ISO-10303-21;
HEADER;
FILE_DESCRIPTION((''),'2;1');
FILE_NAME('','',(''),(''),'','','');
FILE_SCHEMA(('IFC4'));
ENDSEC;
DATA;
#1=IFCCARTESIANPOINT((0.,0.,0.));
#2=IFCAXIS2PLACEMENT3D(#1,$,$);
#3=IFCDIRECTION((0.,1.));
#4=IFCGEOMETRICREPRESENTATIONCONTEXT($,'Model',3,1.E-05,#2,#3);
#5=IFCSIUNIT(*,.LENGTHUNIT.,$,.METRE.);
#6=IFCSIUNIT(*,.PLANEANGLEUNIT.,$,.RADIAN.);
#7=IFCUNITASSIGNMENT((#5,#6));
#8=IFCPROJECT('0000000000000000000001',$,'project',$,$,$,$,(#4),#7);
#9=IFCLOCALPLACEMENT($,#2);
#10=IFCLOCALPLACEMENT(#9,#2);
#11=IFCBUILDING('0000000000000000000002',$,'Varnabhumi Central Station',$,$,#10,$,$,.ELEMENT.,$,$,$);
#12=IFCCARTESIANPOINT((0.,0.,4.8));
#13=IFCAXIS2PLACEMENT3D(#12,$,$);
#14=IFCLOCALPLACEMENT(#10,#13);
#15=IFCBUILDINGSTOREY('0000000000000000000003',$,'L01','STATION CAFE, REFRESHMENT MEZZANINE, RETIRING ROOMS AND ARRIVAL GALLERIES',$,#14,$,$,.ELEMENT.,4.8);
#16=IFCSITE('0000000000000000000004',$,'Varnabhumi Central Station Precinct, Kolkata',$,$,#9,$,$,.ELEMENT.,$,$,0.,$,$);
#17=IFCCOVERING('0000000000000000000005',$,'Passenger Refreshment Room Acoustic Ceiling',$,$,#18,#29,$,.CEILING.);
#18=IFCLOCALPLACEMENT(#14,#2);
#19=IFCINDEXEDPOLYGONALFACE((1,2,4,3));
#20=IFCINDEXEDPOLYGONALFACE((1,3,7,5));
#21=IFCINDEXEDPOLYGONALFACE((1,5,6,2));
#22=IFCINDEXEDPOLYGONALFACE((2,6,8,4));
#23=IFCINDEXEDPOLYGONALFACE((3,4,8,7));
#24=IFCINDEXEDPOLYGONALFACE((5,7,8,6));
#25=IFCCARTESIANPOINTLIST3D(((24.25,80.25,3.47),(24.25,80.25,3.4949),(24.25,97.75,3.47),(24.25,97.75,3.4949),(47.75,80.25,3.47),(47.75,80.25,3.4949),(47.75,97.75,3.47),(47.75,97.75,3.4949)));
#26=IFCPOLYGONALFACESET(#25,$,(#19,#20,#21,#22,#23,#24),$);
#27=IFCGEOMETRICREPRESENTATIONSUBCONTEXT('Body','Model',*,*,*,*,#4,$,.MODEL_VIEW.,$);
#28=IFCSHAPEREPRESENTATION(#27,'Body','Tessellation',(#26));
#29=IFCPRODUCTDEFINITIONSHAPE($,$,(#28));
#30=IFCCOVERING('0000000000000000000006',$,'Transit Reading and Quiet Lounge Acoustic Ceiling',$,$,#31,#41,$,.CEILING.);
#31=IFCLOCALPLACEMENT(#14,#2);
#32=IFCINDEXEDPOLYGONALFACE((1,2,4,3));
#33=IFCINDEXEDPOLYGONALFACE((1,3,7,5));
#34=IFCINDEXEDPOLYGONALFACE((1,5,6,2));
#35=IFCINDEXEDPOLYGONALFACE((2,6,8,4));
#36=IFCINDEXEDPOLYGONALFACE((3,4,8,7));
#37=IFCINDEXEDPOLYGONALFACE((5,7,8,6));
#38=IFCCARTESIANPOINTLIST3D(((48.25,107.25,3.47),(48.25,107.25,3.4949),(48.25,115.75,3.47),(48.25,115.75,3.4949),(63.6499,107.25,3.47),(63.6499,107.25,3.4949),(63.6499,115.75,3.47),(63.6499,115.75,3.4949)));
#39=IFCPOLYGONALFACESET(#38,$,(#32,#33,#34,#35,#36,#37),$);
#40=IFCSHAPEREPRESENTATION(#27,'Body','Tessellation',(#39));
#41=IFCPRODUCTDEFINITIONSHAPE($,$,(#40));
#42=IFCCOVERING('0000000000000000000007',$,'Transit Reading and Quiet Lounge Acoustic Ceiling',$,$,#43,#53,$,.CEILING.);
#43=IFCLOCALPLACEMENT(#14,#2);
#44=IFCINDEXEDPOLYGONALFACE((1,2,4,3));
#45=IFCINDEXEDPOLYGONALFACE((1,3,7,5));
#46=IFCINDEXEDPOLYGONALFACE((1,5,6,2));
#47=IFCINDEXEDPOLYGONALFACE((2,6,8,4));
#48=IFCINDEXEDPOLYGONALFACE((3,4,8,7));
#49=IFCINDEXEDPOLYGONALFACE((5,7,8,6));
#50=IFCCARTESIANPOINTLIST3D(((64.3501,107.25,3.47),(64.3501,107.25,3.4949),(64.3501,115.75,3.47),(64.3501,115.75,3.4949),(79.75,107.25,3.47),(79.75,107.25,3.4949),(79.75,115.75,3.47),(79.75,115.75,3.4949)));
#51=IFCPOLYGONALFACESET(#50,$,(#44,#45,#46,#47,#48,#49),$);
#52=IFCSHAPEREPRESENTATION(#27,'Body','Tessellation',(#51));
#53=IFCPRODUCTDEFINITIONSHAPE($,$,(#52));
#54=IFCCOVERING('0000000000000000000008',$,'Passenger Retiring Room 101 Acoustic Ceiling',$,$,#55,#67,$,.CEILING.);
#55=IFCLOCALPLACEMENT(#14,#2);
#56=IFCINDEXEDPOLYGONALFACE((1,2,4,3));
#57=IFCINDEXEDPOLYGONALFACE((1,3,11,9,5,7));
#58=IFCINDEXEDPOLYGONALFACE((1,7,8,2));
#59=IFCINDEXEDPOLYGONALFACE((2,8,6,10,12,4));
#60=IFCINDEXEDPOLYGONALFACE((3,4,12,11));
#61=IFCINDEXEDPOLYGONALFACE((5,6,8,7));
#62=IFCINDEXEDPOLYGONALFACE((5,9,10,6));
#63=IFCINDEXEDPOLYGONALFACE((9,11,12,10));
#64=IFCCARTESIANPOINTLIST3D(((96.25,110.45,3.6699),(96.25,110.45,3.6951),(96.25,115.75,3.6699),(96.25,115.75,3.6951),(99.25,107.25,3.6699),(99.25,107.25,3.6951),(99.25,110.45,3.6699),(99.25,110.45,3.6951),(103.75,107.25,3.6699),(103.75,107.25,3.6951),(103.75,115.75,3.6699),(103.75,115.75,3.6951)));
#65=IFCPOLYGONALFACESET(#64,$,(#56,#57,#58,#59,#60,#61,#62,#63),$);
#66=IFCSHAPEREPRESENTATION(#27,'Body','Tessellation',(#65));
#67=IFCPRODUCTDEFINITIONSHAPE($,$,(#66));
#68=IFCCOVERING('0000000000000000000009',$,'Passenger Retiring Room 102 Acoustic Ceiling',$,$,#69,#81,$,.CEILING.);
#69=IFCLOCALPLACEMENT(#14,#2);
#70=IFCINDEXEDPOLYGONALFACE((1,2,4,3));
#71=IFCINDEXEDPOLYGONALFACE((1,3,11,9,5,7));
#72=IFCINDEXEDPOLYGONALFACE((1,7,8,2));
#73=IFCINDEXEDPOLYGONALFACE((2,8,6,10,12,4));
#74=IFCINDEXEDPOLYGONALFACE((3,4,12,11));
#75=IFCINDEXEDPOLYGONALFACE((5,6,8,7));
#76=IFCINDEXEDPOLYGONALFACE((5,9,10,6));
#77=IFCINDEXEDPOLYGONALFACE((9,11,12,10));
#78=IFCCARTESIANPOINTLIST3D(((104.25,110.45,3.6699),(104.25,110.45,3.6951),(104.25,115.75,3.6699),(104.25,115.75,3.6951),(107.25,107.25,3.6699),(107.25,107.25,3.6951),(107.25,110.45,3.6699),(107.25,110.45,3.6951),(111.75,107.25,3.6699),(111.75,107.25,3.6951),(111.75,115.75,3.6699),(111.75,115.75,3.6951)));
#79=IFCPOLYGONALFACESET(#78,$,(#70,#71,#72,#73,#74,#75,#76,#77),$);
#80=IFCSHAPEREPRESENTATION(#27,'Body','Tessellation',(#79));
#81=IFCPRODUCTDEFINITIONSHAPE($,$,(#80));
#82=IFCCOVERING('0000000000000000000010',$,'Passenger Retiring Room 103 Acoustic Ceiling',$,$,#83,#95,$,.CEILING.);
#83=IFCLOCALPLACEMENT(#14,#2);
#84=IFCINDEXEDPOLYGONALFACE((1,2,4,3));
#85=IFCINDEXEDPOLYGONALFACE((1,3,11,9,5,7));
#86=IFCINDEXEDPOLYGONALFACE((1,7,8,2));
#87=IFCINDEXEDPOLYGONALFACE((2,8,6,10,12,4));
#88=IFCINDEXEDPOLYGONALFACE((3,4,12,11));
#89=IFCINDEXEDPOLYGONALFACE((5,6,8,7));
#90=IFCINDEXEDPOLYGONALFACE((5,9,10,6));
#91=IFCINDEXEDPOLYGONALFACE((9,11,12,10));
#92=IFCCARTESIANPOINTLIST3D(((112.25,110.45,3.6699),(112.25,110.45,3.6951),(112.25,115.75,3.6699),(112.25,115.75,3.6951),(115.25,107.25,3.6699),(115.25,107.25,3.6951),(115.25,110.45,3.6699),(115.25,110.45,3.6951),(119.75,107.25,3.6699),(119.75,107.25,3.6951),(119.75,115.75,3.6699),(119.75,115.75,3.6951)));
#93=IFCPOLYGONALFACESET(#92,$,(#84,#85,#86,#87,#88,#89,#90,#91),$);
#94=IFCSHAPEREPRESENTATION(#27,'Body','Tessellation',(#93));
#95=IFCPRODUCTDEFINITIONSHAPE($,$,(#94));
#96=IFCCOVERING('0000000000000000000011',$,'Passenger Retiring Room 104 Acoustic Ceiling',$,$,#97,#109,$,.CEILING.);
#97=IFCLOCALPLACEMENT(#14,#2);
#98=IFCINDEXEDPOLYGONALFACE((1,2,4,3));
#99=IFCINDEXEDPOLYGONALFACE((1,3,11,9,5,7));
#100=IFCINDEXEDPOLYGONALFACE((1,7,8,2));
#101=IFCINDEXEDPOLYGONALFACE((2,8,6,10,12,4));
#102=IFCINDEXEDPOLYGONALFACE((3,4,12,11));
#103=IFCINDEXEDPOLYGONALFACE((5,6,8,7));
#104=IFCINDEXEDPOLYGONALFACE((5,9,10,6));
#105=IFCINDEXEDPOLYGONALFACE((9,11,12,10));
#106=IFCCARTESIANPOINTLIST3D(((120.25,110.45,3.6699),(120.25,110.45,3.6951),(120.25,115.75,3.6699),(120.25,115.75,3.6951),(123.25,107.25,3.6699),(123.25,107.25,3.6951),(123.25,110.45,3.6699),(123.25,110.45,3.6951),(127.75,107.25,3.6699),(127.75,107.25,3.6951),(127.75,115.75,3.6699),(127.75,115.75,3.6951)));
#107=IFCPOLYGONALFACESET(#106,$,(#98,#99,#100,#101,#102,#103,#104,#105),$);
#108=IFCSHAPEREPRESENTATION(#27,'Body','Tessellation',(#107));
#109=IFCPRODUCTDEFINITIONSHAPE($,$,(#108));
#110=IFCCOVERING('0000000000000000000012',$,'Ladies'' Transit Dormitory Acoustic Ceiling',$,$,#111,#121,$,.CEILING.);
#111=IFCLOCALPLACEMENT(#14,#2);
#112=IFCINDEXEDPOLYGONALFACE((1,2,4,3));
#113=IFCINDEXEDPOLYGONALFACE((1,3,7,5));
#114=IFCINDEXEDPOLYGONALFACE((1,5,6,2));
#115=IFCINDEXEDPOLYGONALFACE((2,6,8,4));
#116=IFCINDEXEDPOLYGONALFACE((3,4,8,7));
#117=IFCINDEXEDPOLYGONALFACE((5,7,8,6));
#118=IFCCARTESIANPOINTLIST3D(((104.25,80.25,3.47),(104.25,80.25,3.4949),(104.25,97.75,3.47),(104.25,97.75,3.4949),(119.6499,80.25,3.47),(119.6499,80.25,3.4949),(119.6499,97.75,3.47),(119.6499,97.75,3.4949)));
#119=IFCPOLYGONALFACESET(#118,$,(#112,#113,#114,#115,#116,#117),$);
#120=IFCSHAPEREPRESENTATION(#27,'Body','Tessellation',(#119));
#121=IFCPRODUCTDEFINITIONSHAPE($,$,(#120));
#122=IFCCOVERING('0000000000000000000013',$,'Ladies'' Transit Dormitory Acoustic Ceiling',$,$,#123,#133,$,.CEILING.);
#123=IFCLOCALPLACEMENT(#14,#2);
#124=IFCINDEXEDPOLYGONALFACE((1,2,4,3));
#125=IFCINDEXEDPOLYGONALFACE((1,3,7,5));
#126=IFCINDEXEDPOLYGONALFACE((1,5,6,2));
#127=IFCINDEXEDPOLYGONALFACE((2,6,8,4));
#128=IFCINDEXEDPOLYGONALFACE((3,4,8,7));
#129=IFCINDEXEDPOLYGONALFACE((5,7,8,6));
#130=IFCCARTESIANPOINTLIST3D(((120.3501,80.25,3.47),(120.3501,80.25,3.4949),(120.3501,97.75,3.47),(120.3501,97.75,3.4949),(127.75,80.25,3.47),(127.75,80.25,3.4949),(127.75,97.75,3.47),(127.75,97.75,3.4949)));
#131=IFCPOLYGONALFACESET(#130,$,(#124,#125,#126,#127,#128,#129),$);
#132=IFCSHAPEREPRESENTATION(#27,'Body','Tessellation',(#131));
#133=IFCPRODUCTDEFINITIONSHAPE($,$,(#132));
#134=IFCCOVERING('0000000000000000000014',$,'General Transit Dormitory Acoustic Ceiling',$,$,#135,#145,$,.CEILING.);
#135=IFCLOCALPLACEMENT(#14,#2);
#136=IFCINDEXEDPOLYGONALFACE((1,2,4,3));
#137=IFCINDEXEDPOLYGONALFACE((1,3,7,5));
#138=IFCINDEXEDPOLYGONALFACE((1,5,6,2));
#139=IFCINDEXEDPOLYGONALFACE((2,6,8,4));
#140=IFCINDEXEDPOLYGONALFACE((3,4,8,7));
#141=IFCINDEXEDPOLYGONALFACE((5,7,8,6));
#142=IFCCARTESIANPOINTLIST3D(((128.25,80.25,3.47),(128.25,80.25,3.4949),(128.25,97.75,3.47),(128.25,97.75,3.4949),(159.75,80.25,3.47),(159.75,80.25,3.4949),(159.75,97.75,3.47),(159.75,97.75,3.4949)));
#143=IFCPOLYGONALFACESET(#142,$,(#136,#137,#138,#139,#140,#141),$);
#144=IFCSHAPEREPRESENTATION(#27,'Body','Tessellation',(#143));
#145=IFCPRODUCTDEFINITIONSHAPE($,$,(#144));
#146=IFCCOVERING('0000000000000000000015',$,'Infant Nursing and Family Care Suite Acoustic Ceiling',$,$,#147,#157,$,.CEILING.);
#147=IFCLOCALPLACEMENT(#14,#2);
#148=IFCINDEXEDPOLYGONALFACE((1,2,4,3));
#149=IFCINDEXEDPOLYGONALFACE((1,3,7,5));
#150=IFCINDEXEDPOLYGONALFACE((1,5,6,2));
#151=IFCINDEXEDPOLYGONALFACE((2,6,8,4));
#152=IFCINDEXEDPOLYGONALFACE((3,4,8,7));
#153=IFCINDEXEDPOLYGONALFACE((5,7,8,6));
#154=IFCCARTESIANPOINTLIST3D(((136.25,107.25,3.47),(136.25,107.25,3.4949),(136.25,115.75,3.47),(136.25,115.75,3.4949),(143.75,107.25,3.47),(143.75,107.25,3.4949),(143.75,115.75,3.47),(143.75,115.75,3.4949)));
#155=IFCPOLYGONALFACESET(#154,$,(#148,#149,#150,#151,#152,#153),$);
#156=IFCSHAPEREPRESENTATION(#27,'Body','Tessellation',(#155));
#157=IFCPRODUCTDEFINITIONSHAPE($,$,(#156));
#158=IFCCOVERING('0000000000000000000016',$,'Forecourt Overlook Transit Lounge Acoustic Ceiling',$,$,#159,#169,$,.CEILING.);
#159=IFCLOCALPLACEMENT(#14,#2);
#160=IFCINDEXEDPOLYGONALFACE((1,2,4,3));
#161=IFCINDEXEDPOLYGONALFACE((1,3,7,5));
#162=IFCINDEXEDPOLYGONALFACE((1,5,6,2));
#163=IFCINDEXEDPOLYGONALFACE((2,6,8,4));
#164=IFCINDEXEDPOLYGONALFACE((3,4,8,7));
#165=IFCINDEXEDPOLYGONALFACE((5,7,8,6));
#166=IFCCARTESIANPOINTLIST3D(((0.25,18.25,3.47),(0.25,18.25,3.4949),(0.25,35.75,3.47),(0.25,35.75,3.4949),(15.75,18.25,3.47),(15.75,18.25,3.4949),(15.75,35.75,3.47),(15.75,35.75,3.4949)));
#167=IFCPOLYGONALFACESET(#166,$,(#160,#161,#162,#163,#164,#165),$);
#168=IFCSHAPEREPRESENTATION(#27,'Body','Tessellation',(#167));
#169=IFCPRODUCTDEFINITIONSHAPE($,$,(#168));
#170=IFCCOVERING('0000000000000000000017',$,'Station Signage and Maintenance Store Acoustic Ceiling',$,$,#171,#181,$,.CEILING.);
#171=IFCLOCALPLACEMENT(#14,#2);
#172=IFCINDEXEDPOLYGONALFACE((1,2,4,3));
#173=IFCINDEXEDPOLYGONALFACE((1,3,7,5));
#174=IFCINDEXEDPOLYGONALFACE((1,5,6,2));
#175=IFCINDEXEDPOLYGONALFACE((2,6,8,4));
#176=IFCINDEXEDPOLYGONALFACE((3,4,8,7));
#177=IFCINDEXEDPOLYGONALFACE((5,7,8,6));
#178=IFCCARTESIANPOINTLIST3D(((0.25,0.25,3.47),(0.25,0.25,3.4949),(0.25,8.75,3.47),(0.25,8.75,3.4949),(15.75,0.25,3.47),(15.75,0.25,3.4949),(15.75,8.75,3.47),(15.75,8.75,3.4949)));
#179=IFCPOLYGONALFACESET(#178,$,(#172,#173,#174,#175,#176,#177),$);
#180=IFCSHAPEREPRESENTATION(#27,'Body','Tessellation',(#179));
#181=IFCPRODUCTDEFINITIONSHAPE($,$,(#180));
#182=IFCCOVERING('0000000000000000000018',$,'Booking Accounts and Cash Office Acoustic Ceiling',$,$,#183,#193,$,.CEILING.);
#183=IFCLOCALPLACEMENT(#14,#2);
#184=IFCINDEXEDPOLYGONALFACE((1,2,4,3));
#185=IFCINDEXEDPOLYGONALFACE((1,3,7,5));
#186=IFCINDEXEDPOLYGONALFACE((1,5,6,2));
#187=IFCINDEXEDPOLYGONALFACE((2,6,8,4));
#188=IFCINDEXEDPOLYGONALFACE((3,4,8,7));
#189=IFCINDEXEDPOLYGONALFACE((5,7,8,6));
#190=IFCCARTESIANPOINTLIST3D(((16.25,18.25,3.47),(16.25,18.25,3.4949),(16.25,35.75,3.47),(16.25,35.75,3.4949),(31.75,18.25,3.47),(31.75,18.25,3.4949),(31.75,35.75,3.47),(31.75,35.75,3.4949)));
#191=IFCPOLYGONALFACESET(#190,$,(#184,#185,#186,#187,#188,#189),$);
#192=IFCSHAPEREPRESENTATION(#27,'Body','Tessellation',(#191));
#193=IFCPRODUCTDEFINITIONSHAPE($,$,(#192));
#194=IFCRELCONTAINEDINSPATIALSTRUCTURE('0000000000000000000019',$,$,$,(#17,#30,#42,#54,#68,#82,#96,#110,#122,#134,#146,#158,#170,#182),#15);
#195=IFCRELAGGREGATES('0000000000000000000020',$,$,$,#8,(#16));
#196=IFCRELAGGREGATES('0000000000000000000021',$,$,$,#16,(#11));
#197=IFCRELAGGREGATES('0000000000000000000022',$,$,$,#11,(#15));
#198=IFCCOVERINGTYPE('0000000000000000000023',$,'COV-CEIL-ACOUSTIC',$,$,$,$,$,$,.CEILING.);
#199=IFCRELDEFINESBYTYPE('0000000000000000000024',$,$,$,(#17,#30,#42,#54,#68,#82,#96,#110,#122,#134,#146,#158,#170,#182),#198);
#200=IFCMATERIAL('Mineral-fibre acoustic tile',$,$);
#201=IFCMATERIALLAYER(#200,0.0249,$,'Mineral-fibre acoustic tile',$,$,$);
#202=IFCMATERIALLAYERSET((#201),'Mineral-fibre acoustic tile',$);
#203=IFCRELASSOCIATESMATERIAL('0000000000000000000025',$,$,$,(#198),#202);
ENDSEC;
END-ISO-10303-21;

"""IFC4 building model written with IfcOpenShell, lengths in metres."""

from ifc_helpers import new_model, si_unit, direction, frame, origin, place, context, subcontext, project, spatial, polyline, outline, extrude, material, layer, layer_set, type_object, element, save


model = new_model("IFC4")

# Units and contexts
model_context = context("Model", 3, precision=1e-05, world=origin(), true_north=direction((0.0, 1.0)))
body_context = subcontext(model_context, "Body", "Model", "MODEL_VIEW")
ifc_project = project(units=[si_unit("LENGTHUNIT", "METRE"), si_unit("PLANEANGLEUNIT", "RADIAN")], contexts=[model_context])

# Site, building, storey
site_placement = place(None, origin())
site = spatial("IfcSite", under=ifc_project, at=site_placement, Name="Varnabhumi Central Station Precinct, Kolkata", CompositionType="ELEMENT", RefElevation=0.0)
building_placement = place(site_placement, origin())
building = spatial("IfcBuilding", under=site, at=building_placement, Name="Varnabhumi Central Station", CompositionType="ELEMENT")
storey_placement = place(building_placement, frame((0.0, 0.0, 4.8)))
storey = spatial("IfcBuildingStorey", under=building, at=storey_placement, Name="L01", Description="STATION CAFE, REFRESHMENT MEZZANINE, RETIRING ROOMS AND ARRIVAL GALLERIES", CompositionType="ELEMENT", Elevation=4.8)

# Coverings
ifc_material_1 = material(Name="Mineral-fibre acoustic tile")
ifc_layer_1 = layer(ifc_material_1, 0.0249, Name="Mineral-fibre acoustic tile")
ifc_layer_set_1 = layer_set([ifc_layer_1], Name="Mineral-fibre acoustic tile")
covering_type_1 = type_object("IfcCoveringType", Name="COV-CEIL-ACOUSTIC", PredefinedType="CEILING", material=ifc_layer_set_1)
covering_1_placement = place(storey_placement, frame((0.0, 0.0, 3.47)))
element("IfcCovering", 1, at=covering_1_placement, inside=storey, type_object=covering_type_1, Name="Passenger Refreshment Room Acoustic Ceiling", PredefinedType="CEILING", context=body_context, shape_type="SweptSolid", body=[
    extrude(outline(polyline([(24.25, 80.25), (47.75, 80.25), (47.75, 97.75), (24.25, 97.75), (24.25, 80.25)])), origin(), (0.0, 0.0, 1.0), 0.0249),
])
covering_2_placement = place(storey_placement, frame((0.0, 0.0, 3.47)))
element("IfcCovering", 2, at=covering_2_placement, inside=storey, type_object=covering_type_1, Name="Transit Reading and Quiet Lounge Acoustic Ceiling", PredefinedType="CEILING", context=body_context, shape_type="SweptSolid", body=[
    extrude(outline(polyline([(48.25, 107.25), (63.6499, 107.25), (63.6499, 115.75), (48.25, 115.75), (48.25, 107.25)])), origin(), (0.0, 0.0, 1.0), 0.0249),
])
covering_3_placement = place(storey_placement, frame((0.0, 0.0, 3.47)))
element("IfcCovering", 3, at=covering_3_placement, inside=storey, type_object=covering_type_1, Name="Transit Reading and Quiet Lounge Acoustic Ceiling", PredefinedType="CEILING", context=body_context, shape_type="SweptSolid", body=[
    extrude(outline(polyline([(64.3501, 107.25), (79.75, 107.25), (79.75, 115.75), (64.3501, 115.75), (64.3501, 107.25)])), origin(), (0.0, 0.0, 1.0), 0.0249),
])
covering_4_placement = place(storey_placement, frame((0.0, 0.0, 3.6699)))
element("IfcCovering", 4, at=covering_4_placement, inside=storey, type_object=covering_type_1, Name="Passenger Retiring Room 101 Acoustic Ceiling", PredefinedType="CEILING", context=body_context, shape_type="SweptSolid", body=[
    extrude(outline(polyline([(96.25, 110.45), (99.25, 110.45), (99.25, 107.25), (103.75, 107.25), (103.75, 115.75), (96.25, 115.75), (96.25, 110.45)])), origin(), (0.0, 0.0, 1.0), 0.0251),
])
covering_5_placement = place(storey_placement, frame((0.0, 0.0, 3.6699)))
element("IfcCovering", 5, at=covering_5_placement, inside=storey, type_object=covering_type_1, Name="Passenger Retiring Room 102 Acoustic Ceiling", PredefinedType="CEILING", context=body_context, shape_type="SweptSolid", body=[
    extrude(outline(polyline([(104.25, 110.45), (107.25, 110.45), (107.25, 107.25), (111.75, 107.25), (111.75, 115.75), (104.25, 115.75), (104.25, 110.45)])), origin(), (0.0, 0.0, 1.0), 0.0251),
])
covering_6_placement = place(storey_placement, frame((0.0, 0.0, 3.6699)))
element("IfcCovering", 6, at=covering_6_placement, inside=storey, type_object=covering_type_1, Name="Passenger Retiring Room 103 Acoustic Ceiling", PredefinedType="CEILING", context=body_context, shape_type="SweptSolid", body=[
    extrude(outline(polyline([(112.25, 110.45), (115.25, 110.45), (115.25, 107.25), (119.75, 107.25), (119.75, 115.75), (112.25, 115.75), (112.25, 110.45)])), origin(), (0.0, 0.0, 1.0), 0.0251),
])
covering_7_placement = place(storey_placement, frame((0.0, 0.0, 3.6699)))
element("IfcCovering", 7, at=covering_7_placement, inside=storey, type_object=covering_type_1, Name="Passenger Retiring Room 104 Acoustic Ceiling", PredefinedType="CEILING", context=body_context, shape_type="SweptSolid", body=[
    extrude(outline(polyline([(120.25, 110.45), (123.25, 110.45), (123.25, 107.25), (127.75, 107.25), (127.75, 115.75), (120.25, 115.75), (120.25, 110.45)])), origin(), (0.0, 0.0, 1.0), 0.0251),
])
covering_8_placement = place(storey_placement, frame((0.0, 0.0, 3.47)))
element("IfcCovering", 8, at=covering_8_placement, inside=storey, type_object=covering_type_1, Name="Ladies' Transit Dormitory Acoustic Ceiling", PredefinedType="CEILING", context=body_context, shape_type="SweptSolid", body=[
    extrude(outline(polyline([(104.25, 80.25), (119.6499, 80.25), (119.6499, 97.75), (104.25, 97.75), (104.25, 80.25)])), origin(), (0.0, 0.0, 1.0), 0.0249),
])
covering_9_placement = place(storey_placement, frame((0.0, 0.0, 3.47)))
element("IfcCovering", 9, at=covering_9_placement, inside=storey, type_object=covering_type_1, Name="Ladies' Transit Dormitory Acoustic Ceiling", PredefinedType="CEILING", context=body_context, shape_type="SweptSolid", body=[
    extrude(outline(polyline([(120.3501, 80.25), (127.75, 80.25), (127.75, 97.75), (120.3501, 97.75), (120.3501, 80.25)])), origin(), (0.0, 0.0, 1.0), 0.0249),
])
covering_10_placement = place(storey_placement, frame((0.0, 0.0, 3.47)))
element("IfcCovering", 10, at=covering_10_placement, inside=storey, type_object=covering_type_1, Name="General Transit Dormitory Acoustic Ceiling", PredefinedType="CEILING", context=body_context, shape_type="SweptSolid", body=[
    extrude(outline(polyline([(128.25, 80.25), (159.75, 80.25), (159.75, 97.75), (128.25, 97.75), (128.25, 80.25)])), origin(), (0.0, 0.0, 1.0), 0.0249),
])
covering_11_placement = place(storey_placement, frame((0.0, 0.0, 3.47)))
element("IfcCovering", 11, at=covering_11_placement, inside=storey, type_object=covering_type_1, Name="Infant Nursing and Family Care Suite Acoustic Ceiling", PredefinedType="CEILING", context=body_context, shape_type="SweptSolid", body=[
    extrude(outline(polyline([(136.25, 107.25), (143.75, 107.25), (143.75, 115.75), (136.25, 115.75), (136.25, 107.25)])), origin(), (0.0, 0.0, 1.0), 0.0249),
])
covering_12_placement = place(storey_placement, frame((0.0, 0.0, 3.47)))
element("IfcCovering", 12, at=covering_12_placement, inside=storey, type_object=covering_type_1, Name="Forecourt Overlook Transit Lounge Acoustic Ceiling", PredefinedType="CEILING", context=body_context, shape_type="SweptSolid", body=[
    extrude(outline(polyline([(0.25, 18.25), (15.75, 18.25), (15.75, 35.75), (0.25, 35.75), (0.25, 18.25)])), origin(), (0.0, 0.0, 1.0), 0.0249),
])
covering_13_placement = place(storey_placement, frame((0.0, 0.0, 3.47)))
element("IfcCovering", 13, at=covering_13_placement, inside=storey, type_object=covering_type_1, Name="Station Signage and Maintenance Store Acoustic Ceiling", PredefinedType="CEILING", context=body_context, shape_type="SweptSolid", body=[
    extrude(outline(polyline([(0.25, 0.25), (15.75, 0.25), (15.75, 8.75), (0.25, 8.75), (0.25, 0.25)])), origin(), (0.0, 0.0, 1.0), 0.0249),
])
covering_14_placement = place(storey_placement, frame((0.0, 0.0, 3.47)))
element("IfcCovering", 14, at=covering_14_placement, inside=storey, type_object=covering_type_1, Name="Booking Accounts and Cash Office Acoustic Ceiling", PredefinedType="CEILING", context=body_context, shape_type="SweptSolid", body=[
    extrude(outline(polyline([(16.25, 18.25), (31.75, 18.25), (31.75, 35.75), (16.25, 35.75), (16.25, 18.25)])), origin(), (0.0, 0.0, 1.0), 0.0249),
])

save(model, "model.ifc")
